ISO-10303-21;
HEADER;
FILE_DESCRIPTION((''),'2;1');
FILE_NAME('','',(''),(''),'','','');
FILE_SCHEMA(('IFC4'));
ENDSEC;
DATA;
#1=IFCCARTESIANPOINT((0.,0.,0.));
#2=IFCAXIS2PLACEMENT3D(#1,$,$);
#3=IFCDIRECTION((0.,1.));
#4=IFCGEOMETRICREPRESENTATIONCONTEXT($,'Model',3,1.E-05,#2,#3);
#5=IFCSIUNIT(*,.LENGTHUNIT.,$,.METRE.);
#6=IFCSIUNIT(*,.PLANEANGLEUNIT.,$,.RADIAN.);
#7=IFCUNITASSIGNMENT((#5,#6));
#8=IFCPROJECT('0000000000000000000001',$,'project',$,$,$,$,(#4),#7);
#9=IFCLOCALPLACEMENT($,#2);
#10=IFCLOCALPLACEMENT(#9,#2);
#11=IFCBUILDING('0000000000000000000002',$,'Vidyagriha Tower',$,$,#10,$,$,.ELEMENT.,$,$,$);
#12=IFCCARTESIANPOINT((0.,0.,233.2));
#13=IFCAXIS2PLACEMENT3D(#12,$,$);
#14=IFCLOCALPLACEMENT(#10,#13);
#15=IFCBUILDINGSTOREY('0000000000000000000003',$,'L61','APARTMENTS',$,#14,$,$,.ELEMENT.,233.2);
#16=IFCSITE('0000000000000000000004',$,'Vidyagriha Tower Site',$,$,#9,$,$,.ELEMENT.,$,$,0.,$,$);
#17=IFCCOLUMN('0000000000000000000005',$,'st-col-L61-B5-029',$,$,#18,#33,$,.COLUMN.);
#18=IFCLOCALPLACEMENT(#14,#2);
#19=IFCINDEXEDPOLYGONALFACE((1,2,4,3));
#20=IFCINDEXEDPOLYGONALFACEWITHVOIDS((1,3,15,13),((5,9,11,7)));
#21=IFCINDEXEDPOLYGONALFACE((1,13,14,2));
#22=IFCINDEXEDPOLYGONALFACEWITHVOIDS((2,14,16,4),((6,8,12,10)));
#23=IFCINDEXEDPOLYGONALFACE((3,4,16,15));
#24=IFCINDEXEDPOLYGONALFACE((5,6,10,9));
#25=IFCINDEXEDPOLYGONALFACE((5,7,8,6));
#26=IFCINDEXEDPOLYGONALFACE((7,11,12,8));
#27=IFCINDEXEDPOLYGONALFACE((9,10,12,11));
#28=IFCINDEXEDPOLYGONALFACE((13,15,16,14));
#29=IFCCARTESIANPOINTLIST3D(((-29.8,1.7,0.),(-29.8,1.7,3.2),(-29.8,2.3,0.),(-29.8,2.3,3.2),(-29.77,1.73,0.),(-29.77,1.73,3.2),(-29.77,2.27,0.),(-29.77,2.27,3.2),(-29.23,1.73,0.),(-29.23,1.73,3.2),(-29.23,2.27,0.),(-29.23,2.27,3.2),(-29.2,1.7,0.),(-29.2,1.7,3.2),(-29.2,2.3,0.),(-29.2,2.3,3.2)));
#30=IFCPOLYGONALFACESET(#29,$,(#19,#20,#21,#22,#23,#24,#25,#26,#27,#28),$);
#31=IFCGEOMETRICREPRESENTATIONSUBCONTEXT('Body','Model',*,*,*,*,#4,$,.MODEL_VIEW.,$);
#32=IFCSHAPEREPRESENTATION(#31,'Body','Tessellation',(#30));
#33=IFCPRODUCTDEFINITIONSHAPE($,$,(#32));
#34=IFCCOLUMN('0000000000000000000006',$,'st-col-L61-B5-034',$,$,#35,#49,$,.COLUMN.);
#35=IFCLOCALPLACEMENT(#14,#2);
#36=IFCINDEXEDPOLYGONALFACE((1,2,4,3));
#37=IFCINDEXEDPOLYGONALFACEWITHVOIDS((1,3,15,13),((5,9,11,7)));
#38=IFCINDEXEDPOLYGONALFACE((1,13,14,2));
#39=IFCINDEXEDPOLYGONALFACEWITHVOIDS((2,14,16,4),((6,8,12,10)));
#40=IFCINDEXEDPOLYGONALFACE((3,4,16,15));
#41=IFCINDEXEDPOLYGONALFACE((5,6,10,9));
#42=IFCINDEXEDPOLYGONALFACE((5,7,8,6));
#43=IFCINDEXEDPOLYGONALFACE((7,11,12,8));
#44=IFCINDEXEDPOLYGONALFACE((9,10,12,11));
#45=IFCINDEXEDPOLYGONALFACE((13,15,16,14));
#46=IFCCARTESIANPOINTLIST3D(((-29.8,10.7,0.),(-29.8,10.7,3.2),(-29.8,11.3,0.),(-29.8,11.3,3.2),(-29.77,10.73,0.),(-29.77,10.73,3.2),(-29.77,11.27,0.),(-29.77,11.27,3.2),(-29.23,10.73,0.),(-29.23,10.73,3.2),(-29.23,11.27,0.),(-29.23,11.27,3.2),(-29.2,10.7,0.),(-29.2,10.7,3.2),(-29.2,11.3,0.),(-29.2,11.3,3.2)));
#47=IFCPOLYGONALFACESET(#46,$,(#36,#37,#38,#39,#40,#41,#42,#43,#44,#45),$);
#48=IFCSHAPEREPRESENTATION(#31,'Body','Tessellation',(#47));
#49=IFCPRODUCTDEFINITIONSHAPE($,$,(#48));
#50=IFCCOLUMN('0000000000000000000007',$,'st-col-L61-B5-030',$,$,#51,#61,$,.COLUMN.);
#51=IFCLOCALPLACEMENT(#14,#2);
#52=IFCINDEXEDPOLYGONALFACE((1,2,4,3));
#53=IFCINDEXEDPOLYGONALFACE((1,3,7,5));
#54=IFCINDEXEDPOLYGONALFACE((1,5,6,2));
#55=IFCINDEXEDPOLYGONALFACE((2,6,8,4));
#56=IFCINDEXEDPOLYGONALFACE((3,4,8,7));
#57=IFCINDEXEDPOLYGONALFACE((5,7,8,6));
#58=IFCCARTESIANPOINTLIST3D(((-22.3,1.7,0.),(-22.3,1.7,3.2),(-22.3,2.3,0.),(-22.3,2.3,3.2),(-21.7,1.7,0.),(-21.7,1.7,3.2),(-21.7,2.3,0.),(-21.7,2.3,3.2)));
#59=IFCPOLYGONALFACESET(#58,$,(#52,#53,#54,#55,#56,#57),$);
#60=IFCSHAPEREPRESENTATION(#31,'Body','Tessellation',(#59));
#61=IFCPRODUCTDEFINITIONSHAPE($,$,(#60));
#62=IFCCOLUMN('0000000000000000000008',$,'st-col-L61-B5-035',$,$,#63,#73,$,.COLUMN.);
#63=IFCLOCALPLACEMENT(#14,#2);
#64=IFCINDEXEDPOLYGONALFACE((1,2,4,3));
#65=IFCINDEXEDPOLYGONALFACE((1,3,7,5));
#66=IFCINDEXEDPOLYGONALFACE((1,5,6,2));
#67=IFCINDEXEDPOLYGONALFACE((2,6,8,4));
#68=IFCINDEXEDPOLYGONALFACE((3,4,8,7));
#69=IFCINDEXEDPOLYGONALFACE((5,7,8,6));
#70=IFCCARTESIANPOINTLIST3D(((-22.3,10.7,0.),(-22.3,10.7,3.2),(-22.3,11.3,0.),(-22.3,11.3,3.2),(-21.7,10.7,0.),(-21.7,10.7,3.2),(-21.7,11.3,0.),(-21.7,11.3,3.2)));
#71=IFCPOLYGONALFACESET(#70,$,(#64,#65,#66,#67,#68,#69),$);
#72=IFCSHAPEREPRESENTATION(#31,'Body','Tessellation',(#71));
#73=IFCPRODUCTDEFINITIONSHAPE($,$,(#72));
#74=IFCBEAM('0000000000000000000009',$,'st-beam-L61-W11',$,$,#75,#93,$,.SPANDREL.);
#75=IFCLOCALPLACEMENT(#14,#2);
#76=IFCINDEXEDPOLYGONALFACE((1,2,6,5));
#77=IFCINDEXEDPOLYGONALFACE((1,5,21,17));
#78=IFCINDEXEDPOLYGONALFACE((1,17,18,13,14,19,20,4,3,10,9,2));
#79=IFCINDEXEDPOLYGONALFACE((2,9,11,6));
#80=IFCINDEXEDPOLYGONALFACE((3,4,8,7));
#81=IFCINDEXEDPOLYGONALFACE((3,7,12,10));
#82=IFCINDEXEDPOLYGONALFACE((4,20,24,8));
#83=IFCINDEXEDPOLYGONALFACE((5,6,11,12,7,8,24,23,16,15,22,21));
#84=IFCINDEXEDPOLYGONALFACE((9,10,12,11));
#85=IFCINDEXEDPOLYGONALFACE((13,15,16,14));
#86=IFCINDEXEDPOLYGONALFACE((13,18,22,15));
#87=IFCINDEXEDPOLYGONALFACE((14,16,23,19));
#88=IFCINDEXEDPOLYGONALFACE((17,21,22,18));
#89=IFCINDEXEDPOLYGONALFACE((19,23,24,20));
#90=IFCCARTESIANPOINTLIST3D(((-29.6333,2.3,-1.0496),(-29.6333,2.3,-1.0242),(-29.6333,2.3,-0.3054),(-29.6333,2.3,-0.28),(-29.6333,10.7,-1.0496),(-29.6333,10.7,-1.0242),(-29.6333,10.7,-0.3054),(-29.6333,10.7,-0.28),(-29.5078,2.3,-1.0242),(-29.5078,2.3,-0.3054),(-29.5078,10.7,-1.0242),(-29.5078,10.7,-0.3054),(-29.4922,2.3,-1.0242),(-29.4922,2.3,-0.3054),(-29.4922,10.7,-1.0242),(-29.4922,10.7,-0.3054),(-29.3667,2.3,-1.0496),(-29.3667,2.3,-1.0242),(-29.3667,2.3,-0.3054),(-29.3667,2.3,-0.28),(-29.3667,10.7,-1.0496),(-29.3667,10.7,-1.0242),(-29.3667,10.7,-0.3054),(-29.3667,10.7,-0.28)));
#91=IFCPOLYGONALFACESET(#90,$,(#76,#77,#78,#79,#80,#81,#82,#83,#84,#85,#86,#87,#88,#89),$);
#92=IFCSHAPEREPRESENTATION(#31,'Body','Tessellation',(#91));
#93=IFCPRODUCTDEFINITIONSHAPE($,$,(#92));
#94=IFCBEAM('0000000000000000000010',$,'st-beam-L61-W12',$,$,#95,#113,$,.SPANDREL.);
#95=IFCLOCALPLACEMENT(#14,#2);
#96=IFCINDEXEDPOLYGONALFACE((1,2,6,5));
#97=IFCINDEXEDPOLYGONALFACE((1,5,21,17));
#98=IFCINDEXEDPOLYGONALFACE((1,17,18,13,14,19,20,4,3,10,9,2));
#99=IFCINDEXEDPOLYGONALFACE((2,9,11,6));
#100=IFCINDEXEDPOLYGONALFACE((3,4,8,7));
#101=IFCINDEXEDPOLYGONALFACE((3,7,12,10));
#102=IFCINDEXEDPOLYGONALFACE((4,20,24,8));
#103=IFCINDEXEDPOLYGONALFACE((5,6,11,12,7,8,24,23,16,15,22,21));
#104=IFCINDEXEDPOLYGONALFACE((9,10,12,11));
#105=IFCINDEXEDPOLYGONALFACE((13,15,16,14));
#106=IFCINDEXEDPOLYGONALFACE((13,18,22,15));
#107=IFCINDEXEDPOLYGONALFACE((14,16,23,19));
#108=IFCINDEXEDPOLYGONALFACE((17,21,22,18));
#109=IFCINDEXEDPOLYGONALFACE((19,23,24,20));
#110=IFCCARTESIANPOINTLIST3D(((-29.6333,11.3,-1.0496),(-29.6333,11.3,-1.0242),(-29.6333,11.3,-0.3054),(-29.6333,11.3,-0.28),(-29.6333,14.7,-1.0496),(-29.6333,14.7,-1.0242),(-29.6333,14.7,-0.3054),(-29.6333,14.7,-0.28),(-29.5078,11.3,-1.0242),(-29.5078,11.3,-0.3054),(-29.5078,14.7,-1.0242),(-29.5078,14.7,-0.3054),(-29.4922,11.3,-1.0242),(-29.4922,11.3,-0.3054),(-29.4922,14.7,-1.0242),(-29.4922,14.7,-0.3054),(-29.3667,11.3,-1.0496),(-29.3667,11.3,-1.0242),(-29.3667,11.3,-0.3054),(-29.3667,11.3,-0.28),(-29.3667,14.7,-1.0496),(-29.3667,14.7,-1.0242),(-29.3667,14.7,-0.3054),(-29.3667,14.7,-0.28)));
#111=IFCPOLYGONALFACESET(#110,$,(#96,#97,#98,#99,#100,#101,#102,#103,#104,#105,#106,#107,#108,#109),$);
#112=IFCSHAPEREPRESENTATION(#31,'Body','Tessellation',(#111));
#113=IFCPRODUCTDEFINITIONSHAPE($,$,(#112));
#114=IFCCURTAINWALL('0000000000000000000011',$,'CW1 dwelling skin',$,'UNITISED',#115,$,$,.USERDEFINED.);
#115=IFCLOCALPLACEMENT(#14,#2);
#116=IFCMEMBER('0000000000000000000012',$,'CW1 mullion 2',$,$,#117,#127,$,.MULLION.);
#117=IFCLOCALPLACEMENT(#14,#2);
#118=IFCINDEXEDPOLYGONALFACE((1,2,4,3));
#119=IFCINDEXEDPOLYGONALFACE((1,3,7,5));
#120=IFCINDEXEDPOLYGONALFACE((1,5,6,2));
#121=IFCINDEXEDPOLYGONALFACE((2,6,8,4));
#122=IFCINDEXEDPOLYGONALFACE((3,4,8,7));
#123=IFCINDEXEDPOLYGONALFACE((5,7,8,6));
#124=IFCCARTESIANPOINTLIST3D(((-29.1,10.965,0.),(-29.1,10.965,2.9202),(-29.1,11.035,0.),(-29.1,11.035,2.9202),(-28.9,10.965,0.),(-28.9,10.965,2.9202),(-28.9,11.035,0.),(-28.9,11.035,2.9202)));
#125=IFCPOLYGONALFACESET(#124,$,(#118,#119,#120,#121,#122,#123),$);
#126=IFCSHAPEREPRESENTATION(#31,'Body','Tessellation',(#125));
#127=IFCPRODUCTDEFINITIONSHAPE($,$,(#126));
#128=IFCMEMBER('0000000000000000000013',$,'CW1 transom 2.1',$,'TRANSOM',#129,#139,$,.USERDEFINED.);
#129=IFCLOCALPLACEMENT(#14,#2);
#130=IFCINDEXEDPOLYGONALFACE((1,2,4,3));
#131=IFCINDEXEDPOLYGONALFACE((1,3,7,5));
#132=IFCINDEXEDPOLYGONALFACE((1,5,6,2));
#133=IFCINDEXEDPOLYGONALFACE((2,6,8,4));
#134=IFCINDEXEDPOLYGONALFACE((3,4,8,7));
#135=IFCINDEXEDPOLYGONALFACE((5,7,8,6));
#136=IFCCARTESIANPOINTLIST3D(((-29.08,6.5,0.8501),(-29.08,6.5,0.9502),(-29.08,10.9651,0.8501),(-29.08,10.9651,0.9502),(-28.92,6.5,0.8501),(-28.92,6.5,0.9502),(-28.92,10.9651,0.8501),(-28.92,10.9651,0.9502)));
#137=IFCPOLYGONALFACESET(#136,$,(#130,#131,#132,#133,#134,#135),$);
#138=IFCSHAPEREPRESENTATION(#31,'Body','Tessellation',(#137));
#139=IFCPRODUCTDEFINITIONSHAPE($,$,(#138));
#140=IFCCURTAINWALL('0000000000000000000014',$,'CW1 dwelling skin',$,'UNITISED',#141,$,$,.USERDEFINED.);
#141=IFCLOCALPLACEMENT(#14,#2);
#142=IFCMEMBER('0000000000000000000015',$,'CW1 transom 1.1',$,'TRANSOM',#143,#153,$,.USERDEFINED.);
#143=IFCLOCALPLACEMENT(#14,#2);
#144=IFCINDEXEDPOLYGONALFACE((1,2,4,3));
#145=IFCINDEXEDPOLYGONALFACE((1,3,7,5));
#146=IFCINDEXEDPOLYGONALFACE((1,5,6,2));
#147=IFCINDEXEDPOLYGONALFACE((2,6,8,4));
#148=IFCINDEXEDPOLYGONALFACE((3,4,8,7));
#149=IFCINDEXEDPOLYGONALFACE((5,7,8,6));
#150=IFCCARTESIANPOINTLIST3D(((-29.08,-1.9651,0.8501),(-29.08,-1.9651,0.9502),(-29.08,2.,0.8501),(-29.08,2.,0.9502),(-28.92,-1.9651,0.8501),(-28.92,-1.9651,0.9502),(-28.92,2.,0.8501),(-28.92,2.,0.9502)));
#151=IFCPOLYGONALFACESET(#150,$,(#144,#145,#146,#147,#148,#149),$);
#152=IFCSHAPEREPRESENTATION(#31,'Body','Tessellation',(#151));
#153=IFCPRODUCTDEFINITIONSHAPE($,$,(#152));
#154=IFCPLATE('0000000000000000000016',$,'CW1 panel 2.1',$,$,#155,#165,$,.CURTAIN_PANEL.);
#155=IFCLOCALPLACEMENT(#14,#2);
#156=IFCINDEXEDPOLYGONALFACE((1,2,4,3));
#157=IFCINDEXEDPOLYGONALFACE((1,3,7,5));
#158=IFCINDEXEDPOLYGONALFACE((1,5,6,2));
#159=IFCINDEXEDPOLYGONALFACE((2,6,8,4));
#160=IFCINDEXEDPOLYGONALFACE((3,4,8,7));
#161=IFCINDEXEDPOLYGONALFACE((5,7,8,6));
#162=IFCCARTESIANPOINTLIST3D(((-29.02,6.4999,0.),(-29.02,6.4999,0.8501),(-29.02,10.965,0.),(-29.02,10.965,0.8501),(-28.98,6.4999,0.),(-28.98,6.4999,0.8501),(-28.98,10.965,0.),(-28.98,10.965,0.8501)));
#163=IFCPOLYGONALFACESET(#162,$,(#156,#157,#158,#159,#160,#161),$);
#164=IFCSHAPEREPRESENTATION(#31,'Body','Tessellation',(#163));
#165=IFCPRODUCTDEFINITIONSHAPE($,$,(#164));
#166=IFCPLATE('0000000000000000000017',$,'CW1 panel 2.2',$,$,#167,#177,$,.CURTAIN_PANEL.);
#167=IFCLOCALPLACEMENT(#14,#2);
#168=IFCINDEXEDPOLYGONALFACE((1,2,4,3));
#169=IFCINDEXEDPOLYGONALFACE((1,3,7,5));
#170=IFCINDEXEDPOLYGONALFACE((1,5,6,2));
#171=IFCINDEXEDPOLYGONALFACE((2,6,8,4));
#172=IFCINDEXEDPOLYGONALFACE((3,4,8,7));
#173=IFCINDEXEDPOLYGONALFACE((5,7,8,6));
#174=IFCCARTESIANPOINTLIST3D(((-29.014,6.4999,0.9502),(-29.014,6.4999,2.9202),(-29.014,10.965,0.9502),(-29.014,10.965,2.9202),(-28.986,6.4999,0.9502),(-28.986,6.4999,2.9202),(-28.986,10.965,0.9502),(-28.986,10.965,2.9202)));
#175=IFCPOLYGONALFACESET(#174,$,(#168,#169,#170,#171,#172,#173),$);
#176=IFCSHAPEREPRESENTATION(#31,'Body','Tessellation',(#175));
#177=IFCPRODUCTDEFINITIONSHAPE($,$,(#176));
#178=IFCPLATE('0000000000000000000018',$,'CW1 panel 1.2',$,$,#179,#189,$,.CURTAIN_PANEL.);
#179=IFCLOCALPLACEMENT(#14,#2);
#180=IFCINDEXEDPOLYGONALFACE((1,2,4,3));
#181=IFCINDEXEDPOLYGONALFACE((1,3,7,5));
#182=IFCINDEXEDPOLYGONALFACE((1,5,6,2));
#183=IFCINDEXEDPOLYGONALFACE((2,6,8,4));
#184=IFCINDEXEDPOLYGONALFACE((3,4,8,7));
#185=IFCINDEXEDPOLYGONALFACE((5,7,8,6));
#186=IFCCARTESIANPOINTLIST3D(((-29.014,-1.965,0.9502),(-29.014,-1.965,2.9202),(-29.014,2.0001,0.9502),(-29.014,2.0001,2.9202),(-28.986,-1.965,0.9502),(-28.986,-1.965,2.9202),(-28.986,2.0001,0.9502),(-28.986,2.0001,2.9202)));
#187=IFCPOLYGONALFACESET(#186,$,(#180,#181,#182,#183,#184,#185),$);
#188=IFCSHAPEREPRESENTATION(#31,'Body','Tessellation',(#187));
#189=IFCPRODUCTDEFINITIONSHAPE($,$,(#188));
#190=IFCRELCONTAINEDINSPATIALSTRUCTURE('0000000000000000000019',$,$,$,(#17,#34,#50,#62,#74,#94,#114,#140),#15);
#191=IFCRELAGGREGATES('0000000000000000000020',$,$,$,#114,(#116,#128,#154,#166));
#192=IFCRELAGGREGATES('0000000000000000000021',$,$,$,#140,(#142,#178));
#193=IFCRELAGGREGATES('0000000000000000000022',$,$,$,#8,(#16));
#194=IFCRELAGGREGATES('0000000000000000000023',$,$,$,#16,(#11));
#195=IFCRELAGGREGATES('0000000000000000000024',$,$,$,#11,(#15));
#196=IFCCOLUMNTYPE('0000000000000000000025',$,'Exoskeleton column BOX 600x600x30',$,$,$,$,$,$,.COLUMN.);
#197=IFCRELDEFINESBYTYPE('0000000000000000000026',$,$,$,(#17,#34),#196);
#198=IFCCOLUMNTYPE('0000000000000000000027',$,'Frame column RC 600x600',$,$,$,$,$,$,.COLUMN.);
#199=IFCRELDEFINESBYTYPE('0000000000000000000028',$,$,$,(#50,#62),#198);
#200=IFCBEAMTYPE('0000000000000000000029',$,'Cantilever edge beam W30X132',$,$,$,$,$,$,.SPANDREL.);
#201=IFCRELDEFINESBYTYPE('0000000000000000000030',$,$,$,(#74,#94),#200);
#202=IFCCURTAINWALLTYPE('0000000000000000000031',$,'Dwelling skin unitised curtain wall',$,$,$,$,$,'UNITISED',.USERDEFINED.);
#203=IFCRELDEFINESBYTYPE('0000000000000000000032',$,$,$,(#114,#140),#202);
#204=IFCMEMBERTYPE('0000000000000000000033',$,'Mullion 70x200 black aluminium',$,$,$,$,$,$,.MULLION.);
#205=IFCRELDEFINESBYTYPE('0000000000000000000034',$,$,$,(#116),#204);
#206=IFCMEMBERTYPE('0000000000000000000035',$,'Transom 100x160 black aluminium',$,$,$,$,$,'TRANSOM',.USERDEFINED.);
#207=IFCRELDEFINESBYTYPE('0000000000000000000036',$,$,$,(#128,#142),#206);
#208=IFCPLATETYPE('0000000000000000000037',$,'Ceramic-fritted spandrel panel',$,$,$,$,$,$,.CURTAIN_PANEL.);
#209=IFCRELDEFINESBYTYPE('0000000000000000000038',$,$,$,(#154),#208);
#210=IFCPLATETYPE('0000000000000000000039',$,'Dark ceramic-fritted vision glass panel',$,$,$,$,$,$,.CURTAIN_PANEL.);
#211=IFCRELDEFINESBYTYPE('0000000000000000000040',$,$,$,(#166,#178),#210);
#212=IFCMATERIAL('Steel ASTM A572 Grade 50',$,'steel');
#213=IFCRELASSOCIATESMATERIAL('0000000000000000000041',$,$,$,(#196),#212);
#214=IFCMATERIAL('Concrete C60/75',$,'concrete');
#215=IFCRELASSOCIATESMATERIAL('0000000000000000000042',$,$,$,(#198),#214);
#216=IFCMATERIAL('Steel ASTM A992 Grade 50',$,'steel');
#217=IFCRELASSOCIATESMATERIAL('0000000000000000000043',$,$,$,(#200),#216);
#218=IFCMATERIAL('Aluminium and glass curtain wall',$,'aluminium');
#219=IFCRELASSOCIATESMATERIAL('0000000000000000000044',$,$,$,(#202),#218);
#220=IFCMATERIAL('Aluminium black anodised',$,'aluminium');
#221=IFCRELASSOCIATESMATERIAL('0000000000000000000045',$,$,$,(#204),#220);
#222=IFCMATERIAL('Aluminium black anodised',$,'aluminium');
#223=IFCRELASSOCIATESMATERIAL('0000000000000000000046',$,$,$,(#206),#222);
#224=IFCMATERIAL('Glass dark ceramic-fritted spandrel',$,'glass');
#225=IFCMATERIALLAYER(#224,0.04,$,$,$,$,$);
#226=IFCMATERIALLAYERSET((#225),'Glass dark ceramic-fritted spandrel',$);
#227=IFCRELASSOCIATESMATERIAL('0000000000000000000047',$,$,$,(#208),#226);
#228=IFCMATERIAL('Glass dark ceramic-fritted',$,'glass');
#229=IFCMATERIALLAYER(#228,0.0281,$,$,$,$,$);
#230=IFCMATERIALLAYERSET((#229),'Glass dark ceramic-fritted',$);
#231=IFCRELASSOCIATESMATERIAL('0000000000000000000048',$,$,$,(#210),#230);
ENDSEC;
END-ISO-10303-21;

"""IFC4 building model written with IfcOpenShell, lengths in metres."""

from ifc_helpers import new_model, si_unit, direction, frame, origin, origin_2d, place, context, subcontext, project, spatial, rectangle, hollow_rectangle, i_section, extrude, material, layer, layer_set, material_profile, profile_set, type_object, element, aggregate, save


model = new_model("IFC4")

# Units and contexts
model_context = context("Model", 3, precision=1e-05, world=origin(), true_north=direction((0.0, 1.0)))
body_context = subcontext(model_context, "Body", "Model", "MODEL_VIEW")
ifc_project = project(units=[si_unit("LENGTHUNIT", "METRE"), si_unit("PLANEANGLEUNIT", "RADIAN")], contexts=[model_context])

# Site, building, storey
site_placement = place(None, origin())
site = spatial("IfcSite", under=ifc_project, at=site_placement, Name="Vidyagriha Tower Site", CompositionType="ELEMENT", RefElevation=0.0)
building_placement = place(site_placement, origin())
building = spatial("IfcBuilding", under=site, at=building_placement, Name="Vidyagriha Tower", CompositionType="ELEMENT")
storey_placement = place(building_placement, frame((0.0, 0.0, 233.2)))
storey = spatial("IfcBuildingStorey", under=building, at=storey_placement, Name="L61", Description="APARTMENTS", CompositionType="ELEMENT", Elevation=233.2)

# Columns
ifc_material_1 = material(Name="Steel ASTM A572 Grade 50", Category="steel")
ifc_material_profile_1 = material_profile(ifc_material_1, hollow_rectangle(XDim=0.6001, YDim=0.6001, WallThickness=0.03, at=origin_2d()), Name="BOX 600x600x30")
ifc_profile_set_1 = profile_set([ifc_material_profile_1], Name="Steel ASTM A572 Grade 50")
column_type_1 = type_object("IfcColumnType", Name="Exoskeleton column BOX 600x600x30", PredefinedType="COLUMN", material=ifc_profile_set_1)
for number, where, name in (
    (1, (-29.5, 2.0, 0.0), "st-col-L61-B5-029"),
    (2, (-29.5, 11.0, 0.0), "st-col-L61-B5-034"),
):
    element("IfcColumn", number, at=place(storey_placement, frame(where)), inside=storey, type_object=column_type_1, Name=name, PredefinedType="COLUMN", context=body_context, shape_type="SweptSolid", body=[
        extrude(hollow_rectangle(XDim=0.6001, YDim=0.6001, WallThickness=0.03, at=origin_2d()), origin(), (0.0, 0.0, 1.0), 3.2),
    ])
ifc_material_2 = material(Name="Concrete C60/75", Category="concrete")
ifc_material_profile_2 = material_profile(ifc_material_2, rectangle(XDim=0.6001, YDim=0.6001, at=origin_2d()), Name="RC 600x600")
ifc_profile_set_2 = profile_set([ifc_material_profile_2], Name="Concrete C60/75")
column_type_2 = type_object("IfcColumnType", Name="Frame column RC 600x600", PredefinedType="COLUMN", material=ifc_profile_set_2)
for number, where, name in (
    (3, (-22.0, 2.0, 0.0), "st-col-L61-B5-030"),
    (4, (-22.0, 11.0, 0.0), "st-col-L61-B5-035"),
):
    element("IfcColumn", number, at=place(storey_placement, frame(where)), inside=storey, type_object=column_type_2, Name=name, PredefinedType="COLUMN", context=body_context, shape_type="SweptSolid", body=[
        extrude(rectangle(XDim=0.6001, YDim=0.6001, at=origin_2d()), origin(), (0.0, 0.0, 1.0), 3.2),
    ])

# Beams
ifc_material_3 = material(Name="Steel ASTM A992 Grade 50", Category="steel")
ifc_material_profile_3 = material_profile(ifc_material_3, i_section(OverallWidth=0.2666, OverallDepth=0.7695, WebThickness=0.0156, FlangeThickness=0.0254, at=origin_2d()), Name="W30X132")
ifc_profile_set_3 = profile_set([ifc_material_profile_3], Name="Steel ASTM A992 Grade 50")
beam_type = type_object("IfcBeamType", Name="Cantilever edge beam W30X132", PredefinedType="SPANDREL", material=ifc_profile_set_3)
beam_1_placement = place(storey_placement, frame((-29.5, 2.3, -0.6648), z_axis=(0.0, 1.0, 0.0), x_axis=(-1.0, 0.0, 0.0)))
element("IfcBeam", 5, at=beam_1_placement, inside=storey, type_object=beam_type, Name="st-beam-L61-W11", PredefinedType="SPANDREL", context=body_context, shape_type="SweptSolid", body=[
    extrude(i_section(OverallWidth=0.2666, OverallDepth=0.7695, WebThickness=0.0156, FlangeThickness=0.0254, at=origin_2d()), origin(), (0.0, 0.0, 1.0), 8.3999),
])
beam_2_placement = place(storey_placement, frame((-29.5, 11.3, -0.6648), z_axis=(0.0, 1.0, 0.0), x_axis=(-1.0, 0.0, 0.0)))
element("IfcBeam", 6, at=beam_2_placement, inside=storey, type_object=beam_type, Name="st-beam-L61-W12", PredefinedType="SPANDREL", context=body_context, shape_type="SweptSolid", body=[
    extrude(i_section(OverallWidth=0.2666, OverallDepth=0.7695, WebThickness=0.0156, FlangeThickness=0.0254, at=origin_2d()), origin(), (0.0, 0.0, 1.0), 3.3999),
])

# Curtain wall, members
ifc_material_4 = material(Name="Aluminium and glass curtain wall", Category="aluminium")
curtain_wall_type = type_object("IfcCurtainWallType", Name="Dwelling skin unitised curtain wall", ElementType="UNITISED", PredefinedType="USERDEFINED", material=ifc_material_4)
curtain_wall_1_placement = place(storey_placement, origin())
curtain_wall_1 = element("IfcCurtainWall", 7, at=curtain_wall_1_placement, inside=storey, type_object=curtain_wall_type, Name="CW1 dwelling skin", ObjectType="UNITISED", PredefinedType="USERDEFINED")
ifc_material_5 = material(Name="Aluminium black anodised", Category="aluminium")
ifc_material_profile_4 = material_profile(ifc_material_5, rectangle(XDim=0.2, YDim=0.0701, at=origin_2d()), Name="Mullion 70x200 black aluminium")
ifc_profile_set_4 = profile_set([ifc_material_profile_4], Name="Aluminium black anodised")
member_type_1 = type_object("IfcMemberType", Name="Mullion 70x200 black aluminium", PredefinedType="MULLION", material=ifc_profile_set_4)
member_1_placement = place(storey_placement, frame((-29.0, 11.0, 0.0)))
member_1 = element("IfcMember", 8, at=member_1_placement, type_object=member_type_1, Name="CW1 mullion 2", PredefinedType="MULLION", context=body_context, shape_type="SweptSolid", body=[
    extrude(rectangle(XDim=0.2, YDim=0.0701, at=origin_2d()), origin(), (0.0, 0.0, 1.0), 2.9202),
])
ifc_material_6 = material(Name="Aluminium black anodised", Category="aluminium")
ifc_material_profile_5 = material_profile(ifc_material_6, rectangle(XDim=0.1599, YDim=0.1001, at=origin_2d()), Name="Transom 100x160 black aluminium")
ifc_profile_set_5 = profile_set([ifc_material_profile_5], Name="Aluminium black anodised")
member_type_2 = type_object("IfcMemberType", Name="Transom 100x160 black aluminium", ElementType="TRANSOM", PredefinedType="USERDEFINED", material=ifc_profile_set_5)
member_2_placement = place(storey_placement, frame((-29.0, 10.9651, 0.9001), z_axis=(0.0, -1.0, 0.0), x_axis=(1.0, 0.0, 0.0)))
member_2 = element("IfcMember", 9, at=member_2_placement, type_object=member_type_2, Name="CW1 transom 2.1", ObjectType="TRANSOM", PredefinedType="USERDEFINED", context=body_context, shape_type="SweptSolid", body=[
    extrude(rectangle(XDim=0.1599, YDim=0.1001, at=origin_2d()), origin(), (0.0, 0.0, 1.0), 4.4651),
])

# Curtain wall, member
curtain_wall_2_placement = place(storey_placement, origin())
curtain_wall_2 = element("IfcCurtainWall", 10, at=curtain_wall_2_placement, inside=storey, type_object=curtain_wall_type, Name="CW1 dwelling skin", ObjectType="UNITISED", PredefinedType="USERDEFINED")
member_3_placement = place(storey_placement, frame((-29.0, 2.0, 0.9001), z_axis=(0.0, -1.0, 0.0), x_axis=(1.0, 0.0, 0.0)))
member_3 = element("IfcMember", 11, at=member_3_placement, type_object=member_type_2, Name="CW1 transom 1.1", ObjectType="TRANSOM", PredefinedType="USERDEFINED", context=body_context, shape_type="SweptSolid", body=[
    extrude(rectangle(XDim=0.1599, YDim=0.1001, at=origin_2d()), origin(), (0.0, 0.0, 1.0), 3.9651),
])

# Plates
ifc_material_7 = material(Name="Glass dark ceramic-fritted spandrel", Category="glass")
ifc_layer_1 = layer(ifc_material_7, 0.04)
ifc_layer_set_1 = layer_set([ifc_layer_1], Name="Glass dark ceramic-fritted spandrel")
plate_type_1 = type_object("IfcPlateType", Name="Ceramic-fritted spandrel panel", PredefinedType="CURTAIN_PANEL", material=ifc_layer_set_1)
plate_1_placement = place(storey_placement, frame((-29.0, 8.7324, 0.0), z_axis=(0.0, 0.0, 1.0), x_axis=(0.0, -1.0, 0.0)))
plate_1 = element("IfcPlate", 12, at=plate_1_placement, type_object=plate_type_1, Name="CW1 panel 2.1", PredefinedType="CURTAIN_PANEL", context=body_context, shape_type="SweptSolid", body=[
    extrude(rectangle(XDim=4.4651, YDim=0.04, at=origin_2d()), origin(), (0.0, 0.0, 1.0), 0.8501),
])
ifc_material_8 = material(Name="Glass dark ceramic-fritted", Category="glass")
ifc_layer_2 = layer(ifc_material_8, 0.0281)
ifc_layer_set_2 = layer_set([ifc_layer_2], Name="Glass dark ceramic-fritted")
plate_type_2 = type_object("IfcPlateType", Name="Dark ceramic-fritted vision glass panel", PredefinedType="CURTAIN_PANEL", material=ifc_layer_set_2)
plate_2_placement = place(storey_placement, frame((-29.0, 8.7324, 0.9502), z_axis=(0.0, 0.0, 1.0), x_axis=(0.0, -1.0, 0.0)))
plate_2 = element("IfcPlate", 13, at=plate_2_placement, type_object=plate_type_2, Name="CW1 panel 2.2", PredefinedType="CURTAIN_PANEL", context=body_context, shape_type="SweptSolid", body=[
    extrude(rectangle(XDim=4.4651, YDim=0.0281, at=origin_2d()), origin(), (0.0, 0.0, 1.0), 1.97),
])
aggregate(curtain_wall_1, [member_1, member_2, plate_1, plate_2])
plate_3_placement = place(storey_placement, frame((-29.0, 0.0176, 0.9502), z_axis=(0.0, 0.0, 1.0), x_axis=(0.0, -1.0, 0.0)))
plate_3 = element("IfcPlate", 14, at=plate_3_placement, type_object=plate_type_2, Name="CW1 panel 1.2", PredefinedType="CURTAIN_PANEL", context=body_context, shape_type="SweptSolid", body=[
    extrude(rectangle(XDim=3.9651, YDim=0.0281, at=origin_2d()), origin(), (0.0, 0.0, 1.0), 1.97),
])
aggregate(curtain_wall_2, [member_3, plate_3])

save(model, "model.ifc")
